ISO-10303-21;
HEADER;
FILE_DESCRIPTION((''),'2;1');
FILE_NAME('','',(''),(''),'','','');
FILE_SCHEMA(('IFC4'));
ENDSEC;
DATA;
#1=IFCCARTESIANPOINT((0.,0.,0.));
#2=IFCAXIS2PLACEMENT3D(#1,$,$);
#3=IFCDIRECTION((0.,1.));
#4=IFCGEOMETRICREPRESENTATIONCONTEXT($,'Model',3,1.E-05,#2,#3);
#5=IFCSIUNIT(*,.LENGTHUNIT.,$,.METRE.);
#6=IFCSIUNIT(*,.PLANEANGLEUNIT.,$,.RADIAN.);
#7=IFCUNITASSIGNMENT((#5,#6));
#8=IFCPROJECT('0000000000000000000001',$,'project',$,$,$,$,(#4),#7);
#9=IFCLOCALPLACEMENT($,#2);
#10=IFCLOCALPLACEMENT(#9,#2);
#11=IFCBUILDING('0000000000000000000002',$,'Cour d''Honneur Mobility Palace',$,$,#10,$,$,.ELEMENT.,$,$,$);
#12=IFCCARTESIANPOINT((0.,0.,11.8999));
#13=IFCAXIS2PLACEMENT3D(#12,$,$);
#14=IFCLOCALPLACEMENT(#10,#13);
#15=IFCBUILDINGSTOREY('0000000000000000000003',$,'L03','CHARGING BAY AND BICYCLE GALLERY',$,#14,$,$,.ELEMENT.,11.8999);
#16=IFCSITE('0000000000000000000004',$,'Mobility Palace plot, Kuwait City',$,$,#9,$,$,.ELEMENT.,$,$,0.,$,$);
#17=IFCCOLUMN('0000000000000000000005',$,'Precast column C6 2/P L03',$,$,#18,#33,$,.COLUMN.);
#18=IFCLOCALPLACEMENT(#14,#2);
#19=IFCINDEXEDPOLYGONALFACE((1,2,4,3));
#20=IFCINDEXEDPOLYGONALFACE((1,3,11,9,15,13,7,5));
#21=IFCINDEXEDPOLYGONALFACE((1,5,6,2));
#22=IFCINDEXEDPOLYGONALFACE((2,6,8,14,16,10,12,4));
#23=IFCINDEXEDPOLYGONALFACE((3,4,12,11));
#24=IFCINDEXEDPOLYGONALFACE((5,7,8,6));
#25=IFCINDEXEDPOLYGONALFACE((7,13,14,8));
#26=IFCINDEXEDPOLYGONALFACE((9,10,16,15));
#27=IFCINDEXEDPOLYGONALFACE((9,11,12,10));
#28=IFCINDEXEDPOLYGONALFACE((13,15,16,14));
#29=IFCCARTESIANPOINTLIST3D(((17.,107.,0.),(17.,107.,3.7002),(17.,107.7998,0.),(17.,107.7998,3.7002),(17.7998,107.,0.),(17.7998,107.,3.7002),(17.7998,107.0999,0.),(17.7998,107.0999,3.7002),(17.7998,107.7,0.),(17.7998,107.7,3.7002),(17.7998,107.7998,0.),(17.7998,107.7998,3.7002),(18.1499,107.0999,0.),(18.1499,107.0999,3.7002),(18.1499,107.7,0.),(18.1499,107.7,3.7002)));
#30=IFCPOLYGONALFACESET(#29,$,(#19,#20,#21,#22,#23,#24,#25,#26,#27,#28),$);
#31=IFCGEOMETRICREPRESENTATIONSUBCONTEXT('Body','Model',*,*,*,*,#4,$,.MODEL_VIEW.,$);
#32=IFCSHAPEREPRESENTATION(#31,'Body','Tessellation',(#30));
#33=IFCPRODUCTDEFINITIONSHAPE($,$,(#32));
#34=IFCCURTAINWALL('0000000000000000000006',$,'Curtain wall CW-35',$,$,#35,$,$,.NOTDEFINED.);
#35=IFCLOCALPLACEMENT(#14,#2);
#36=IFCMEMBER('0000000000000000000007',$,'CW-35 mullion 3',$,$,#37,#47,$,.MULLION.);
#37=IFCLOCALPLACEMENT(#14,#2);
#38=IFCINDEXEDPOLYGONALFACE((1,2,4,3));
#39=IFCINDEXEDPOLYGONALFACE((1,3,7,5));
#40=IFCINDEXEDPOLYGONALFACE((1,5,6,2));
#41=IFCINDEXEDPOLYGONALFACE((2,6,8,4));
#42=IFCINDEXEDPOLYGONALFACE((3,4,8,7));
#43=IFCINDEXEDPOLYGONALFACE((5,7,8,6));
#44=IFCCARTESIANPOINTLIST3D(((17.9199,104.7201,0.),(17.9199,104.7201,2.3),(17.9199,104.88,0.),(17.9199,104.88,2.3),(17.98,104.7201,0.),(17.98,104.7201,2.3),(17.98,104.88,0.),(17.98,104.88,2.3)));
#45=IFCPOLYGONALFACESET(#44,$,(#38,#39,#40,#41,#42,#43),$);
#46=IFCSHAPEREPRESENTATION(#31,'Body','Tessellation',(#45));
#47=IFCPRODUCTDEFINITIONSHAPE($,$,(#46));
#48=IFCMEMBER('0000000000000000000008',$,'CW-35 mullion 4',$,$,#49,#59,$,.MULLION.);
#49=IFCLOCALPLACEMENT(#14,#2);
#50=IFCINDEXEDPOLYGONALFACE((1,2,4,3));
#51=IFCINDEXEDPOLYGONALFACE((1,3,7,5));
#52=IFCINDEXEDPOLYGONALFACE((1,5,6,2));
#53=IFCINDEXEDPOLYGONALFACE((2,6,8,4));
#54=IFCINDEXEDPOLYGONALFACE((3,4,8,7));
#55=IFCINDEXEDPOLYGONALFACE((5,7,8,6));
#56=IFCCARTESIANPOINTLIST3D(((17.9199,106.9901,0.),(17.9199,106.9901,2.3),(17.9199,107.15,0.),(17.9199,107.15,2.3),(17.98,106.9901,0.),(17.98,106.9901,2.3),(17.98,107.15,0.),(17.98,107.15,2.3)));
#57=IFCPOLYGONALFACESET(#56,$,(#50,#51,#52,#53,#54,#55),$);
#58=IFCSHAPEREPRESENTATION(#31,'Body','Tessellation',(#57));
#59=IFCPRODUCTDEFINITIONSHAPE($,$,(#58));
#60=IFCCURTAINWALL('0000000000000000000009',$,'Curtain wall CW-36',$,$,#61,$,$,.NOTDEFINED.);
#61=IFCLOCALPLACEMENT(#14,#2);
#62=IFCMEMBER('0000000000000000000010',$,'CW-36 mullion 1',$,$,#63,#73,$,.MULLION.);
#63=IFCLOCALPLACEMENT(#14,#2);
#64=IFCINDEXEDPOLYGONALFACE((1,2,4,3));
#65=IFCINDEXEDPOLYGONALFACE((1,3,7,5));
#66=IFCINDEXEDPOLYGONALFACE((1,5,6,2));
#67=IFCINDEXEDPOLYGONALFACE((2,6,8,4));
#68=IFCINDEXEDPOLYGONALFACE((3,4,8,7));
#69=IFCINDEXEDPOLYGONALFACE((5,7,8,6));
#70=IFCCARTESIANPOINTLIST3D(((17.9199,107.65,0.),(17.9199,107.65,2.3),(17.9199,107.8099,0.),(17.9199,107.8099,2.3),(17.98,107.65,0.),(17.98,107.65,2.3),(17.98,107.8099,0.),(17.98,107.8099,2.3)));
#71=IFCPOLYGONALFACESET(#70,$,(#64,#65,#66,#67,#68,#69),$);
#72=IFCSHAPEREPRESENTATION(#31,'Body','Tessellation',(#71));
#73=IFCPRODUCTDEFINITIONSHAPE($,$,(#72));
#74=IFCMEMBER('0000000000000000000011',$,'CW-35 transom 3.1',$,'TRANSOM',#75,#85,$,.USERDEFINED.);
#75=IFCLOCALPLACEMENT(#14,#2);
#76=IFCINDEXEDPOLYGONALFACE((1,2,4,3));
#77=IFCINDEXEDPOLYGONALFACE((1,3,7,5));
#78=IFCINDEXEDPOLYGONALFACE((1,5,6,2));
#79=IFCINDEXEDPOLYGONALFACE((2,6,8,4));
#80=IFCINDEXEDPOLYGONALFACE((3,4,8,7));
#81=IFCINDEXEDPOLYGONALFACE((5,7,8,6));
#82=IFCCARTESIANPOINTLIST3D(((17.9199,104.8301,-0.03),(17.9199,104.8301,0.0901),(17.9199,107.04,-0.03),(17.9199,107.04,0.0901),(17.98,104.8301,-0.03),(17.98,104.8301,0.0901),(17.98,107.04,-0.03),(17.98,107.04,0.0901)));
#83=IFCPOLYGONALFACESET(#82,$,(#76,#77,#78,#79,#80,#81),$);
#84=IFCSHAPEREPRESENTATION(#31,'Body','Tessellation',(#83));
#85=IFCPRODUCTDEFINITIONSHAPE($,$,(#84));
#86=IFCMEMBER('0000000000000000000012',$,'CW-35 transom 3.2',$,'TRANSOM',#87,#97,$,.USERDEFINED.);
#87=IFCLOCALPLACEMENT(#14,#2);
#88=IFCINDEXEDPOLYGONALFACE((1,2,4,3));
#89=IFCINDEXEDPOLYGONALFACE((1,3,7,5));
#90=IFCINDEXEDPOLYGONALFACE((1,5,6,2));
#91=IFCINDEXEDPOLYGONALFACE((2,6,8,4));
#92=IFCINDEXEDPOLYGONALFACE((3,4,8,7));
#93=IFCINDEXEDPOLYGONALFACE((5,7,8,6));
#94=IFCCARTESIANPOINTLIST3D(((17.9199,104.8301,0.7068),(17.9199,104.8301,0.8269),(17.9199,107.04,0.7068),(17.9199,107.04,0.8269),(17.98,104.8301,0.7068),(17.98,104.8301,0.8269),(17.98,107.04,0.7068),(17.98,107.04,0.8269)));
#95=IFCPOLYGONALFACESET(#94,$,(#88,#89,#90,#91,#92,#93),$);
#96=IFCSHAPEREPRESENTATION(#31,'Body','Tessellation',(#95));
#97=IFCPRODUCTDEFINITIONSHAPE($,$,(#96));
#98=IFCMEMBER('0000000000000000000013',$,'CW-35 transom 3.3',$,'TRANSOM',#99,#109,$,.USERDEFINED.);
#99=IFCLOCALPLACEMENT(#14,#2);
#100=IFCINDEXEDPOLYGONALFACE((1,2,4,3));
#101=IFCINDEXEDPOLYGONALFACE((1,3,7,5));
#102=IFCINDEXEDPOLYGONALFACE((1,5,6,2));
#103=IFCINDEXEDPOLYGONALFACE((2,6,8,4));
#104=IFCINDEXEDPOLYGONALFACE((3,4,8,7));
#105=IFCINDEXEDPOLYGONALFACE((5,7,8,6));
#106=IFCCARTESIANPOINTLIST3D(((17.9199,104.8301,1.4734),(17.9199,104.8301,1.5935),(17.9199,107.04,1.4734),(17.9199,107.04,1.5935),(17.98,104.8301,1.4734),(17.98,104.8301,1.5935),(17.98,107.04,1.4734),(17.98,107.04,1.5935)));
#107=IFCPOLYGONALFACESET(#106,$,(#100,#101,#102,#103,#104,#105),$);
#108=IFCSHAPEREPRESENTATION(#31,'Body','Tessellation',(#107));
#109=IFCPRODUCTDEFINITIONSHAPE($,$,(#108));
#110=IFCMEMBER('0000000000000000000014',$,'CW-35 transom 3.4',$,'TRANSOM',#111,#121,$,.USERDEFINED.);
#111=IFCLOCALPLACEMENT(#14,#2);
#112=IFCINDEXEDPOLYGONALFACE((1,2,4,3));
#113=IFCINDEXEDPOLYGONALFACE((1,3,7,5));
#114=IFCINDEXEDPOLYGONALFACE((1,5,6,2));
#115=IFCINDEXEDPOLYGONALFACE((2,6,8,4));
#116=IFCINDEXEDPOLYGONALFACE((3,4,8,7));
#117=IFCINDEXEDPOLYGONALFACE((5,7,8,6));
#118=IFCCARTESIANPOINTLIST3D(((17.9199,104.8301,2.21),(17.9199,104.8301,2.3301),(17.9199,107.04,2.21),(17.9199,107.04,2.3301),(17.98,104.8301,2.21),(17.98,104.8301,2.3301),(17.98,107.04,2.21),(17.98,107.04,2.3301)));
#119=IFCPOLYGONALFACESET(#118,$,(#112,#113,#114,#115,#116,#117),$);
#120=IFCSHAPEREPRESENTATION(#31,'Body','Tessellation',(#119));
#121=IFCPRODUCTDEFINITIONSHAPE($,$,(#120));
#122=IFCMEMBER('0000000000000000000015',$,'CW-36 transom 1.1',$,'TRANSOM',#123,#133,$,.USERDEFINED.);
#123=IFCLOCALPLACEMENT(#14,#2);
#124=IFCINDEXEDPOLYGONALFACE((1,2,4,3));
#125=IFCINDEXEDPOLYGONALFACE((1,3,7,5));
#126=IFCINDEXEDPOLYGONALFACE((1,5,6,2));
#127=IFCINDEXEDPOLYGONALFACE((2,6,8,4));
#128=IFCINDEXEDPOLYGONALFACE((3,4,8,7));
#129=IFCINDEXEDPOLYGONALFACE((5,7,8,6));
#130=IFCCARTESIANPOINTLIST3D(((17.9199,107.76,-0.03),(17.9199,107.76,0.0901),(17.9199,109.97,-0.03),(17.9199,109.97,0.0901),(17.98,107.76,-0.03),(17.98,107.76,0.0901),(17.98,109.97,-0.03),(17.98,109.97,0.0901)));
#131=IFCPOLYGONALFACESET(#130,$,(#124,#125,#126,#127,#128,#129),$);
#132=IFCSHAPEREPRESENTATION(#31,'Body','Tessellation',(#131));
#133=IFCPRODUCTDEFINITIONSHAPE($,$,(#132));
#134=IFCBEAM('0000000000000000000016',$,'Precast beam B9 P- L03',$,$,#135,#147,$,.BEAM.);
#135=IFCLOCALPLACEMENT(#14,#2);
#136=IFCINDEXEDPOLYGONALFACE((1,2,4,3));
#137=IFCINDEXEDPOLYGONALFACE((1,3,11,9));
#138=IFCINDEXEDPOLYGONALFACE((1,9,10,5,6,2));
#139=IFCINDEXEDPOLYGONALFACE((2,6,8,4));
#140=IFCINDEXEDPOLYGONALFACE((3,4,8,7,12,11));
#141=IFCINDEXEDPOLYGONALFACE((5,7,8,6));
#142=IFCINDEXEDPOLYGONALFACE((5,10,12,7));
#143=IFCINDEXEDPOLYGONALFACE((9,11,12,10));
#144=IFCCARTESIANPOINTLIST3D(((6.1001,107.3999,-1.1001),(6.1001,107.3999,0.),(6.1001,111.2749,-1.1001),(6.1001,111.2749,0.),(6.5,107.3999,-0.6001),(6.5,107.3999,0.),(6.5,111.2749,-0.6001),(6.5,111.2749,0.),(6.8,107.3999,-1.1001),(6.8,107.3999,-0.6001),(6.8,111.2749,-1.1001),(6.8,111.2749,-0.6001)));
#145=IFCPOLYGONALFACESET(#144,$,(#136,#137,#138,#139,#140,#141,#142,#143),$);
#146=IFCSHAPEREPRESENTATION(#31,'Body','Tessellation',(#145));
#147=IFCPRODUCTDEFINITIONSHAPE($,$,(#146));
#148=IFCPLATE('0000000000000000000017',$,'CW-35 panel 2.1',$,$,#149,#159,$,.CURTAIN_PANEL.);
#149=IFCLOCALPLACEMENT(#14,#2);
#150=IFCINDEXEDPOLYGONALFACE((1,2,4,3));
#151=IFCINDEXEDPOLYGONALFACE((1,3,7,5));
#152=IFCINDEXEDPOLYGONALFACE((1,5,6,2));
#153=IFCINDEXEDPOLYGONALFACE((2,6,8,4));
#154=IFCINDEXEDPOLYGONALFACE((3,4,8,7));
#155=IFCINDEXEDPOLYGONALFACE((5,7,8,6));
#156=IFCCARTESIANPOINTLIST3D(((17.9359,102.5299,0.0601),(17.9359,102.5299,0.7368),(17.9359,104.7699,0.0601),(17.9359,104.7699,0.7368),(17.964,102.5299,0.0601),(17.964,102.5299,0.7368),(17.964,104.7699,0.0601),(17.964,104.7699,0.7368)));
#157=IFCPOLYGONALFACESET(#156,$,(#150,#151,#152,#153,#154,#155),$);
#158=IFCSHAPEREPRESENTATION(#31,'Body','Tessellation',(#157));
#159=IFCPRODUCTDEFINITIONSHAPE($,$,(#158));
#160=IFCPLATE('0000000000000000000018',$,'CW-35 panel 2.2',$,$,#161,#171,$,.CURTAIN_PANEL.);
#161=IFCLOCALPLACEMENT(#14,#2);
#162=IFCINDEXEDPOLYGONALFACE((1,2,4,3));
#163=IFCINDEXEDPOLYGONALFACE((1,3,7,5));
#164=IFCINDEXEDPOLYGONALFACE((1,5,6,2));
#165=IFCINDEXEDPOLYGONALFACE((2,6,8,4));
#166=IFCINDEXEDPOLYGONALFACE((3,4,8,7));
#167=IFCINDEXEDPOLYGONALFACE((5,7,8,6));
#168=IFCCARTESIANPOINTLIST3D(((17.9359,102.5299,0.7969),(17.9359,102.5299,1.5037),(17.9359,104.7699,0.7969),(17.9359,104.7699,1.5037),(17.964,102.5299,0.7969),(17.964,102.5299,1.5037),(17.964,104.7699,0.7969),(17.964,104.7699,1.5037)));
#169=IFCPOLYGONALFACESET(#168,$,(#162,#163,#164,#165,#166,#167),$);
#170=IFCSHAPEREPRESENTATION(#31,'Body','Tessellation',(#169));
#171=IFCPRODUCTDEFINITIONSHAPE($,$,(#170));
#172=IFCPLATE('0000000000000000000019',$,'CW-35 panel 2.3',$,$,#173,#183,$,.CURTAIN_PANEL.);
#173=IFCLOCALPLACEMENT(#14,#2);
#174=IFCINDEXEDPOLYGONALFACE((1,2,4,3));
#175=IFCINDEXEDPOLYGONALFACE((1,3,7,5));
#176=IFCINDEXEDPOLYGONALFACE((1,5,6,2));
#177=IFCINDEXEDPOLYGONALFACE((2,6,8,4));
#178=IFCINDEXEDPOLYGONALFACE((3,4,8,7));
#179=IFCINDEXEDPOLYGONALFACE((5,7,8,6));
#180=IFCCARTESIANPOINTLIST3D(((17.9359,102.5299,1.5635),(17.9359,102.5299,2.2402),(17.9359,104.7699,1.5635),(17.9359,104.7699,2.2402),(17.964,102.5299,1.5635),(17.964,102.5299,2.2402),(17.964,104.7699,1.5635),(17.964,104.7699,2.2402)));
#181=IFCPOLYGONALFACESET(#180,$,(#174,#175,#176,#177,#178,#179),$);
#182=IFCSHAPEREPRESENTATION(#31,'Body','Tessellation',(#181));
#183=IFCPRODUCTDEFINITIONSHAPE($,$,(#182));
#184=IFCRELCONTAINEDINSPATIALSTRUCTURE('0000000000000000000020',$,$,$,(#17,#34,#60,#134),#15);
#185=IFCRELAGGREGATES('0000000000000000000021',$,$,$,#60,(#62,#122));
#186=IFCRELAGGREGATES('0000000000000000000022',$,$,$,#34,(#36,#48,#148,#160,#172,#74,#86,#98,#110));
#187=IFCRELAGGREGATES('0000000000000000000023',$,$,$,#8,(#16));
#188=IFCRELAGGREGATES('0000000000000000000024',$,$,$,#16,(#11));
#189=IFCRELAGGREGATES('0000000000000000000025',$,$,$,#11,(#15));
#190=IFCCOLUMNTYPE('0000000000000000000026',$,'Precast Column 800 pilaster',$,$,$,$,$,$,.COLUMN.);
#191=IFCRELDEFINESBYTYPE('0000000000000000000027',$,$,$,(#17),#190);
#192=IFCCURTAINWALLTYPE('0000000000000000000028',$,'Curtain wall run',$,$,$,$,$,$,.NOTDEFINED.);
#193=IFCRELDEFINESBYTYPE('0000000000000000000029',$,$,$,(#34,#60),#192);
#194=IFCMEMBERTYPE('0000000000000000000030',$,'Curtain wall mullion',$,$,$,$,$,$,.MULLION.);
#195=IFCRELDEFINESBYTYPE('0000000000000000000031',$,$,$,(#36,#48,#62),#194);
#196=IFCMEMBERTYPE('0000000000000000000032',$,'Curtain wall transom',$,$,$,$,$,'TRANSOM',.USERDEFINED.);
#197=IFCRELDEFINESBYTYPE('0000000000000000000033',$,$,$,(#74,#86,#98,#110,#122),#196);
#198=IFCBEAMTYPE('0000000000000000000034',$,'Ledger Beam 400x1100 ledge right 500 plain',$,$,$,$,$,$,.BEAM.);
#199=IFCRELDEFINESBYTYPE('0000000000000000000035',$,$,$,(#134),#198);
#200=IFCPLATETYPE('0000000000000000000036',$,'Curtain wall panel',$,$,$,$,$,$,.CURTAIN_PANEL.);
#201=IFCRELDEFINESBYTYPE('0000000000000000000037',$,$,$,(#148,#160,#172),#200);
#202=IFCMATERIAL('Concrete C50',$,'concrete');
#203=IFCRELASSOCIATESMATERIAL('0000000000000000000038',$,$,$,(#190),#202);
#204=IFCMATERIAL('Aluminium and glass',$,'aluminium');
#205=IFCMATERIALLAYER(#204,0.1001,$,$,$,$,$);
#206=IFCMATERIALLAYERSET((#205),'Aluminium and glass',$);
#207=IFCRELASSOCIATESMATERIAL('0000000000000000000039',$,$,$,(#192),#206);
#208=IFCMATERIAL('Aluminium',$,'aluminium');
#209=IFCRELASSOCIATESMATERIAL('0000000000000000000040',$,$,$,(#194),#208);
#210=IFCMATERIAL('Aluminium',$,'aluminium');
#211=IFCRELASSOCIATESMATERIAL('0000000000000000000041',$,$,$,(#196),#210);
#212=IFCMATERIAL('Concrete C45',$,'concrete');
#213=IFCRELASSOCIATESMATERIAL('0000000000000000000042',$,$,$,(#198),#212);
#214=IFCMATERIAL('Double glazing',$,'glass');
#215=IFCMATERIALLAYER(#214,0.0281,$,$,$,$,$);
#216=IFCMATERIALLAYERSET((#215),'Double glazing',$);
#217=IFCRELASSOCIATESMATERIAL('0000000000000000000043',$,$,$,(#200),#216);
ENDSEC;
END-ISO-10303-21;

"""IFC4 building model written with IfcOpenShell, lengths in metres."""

from ifc_helpers import new_model, si_unit, direction, frame, origin, origin_2d, place, context, subcontext, project, spatial, polyline, rectangle, outline, extrude, material, layer, layer_set, material_profile, profile_set, type_object, element, aggregate, save


model = new_model("IFC4")

# Units and contexts
model_context = context("Model", 3, precision=1e-05, world=origin(), true_north=direction((0.0, 1.0)))
body_context = subcontext(model_context, "Body", "Model", "MODEL_VIEW")
ifc_project = project(units=[si_unit("LENGTHUNIT", "METRE"), si_unit("PLANEANGLEUNIT", "RADIAN")], contexts=[model_context])

# Site, building, storey
site_placement = place(None, origin())
site = spatial("IfcSite", under=ifc_project, at=site_placement, Name="Mobility Palace plot, Kuwait City", CompositionType="ELEMENT", RefElevation=0.0)
building_placement = place(site_placement, origin())
building = spatial("IfcBuilding", under=site, at=building_placement, Name="Cour d'Honneur Mobility Palace", CompositionType="ELEMENT")
storey_placement = place(building_placement, frame((0.0, 0.0, 11.8999)))
storey = spatial("IfcBuildingStorey", under=building, at=storey_placement, Name="L03", Description="CHARGING BAY AND BICYCLE GALLERY", CompositionType="ELEMENT", Elevation=11.8999)

# Column
ifc_material_1 = material(Name="Concrete C50", Category="concrete")
ifc_material_profile_1 = material_profile(ifc_material_1, outline(polyline([(-0.3999, -0.3999), (0.3999, -0.3999), (0.3999, -0.3), (0.75, -0.3), (0.75, 0.3), (0.3999, 0.3), (0.3999, 0.3999), (-0.3999, 0.3999), (-0.3999, -0.3999)])), Name="PC C800 pilaster")
ifc_profile_set_1 = profile_set([ifc_material_profile_1], Name="Concrete C50")
column_type = type_object("IfcColumnType", Name="Precast Column 800 pilaster", PredefinedType="COLUMN", material=ifc_profile_set_1)
column_placement = place(storey_placement, frame((17.3999, 107.3999, 0.0), z_axis=(0.0, 0.0, 1.0), x_axis=(1.0, 0.0, 0.0)))
element("IfcColumn", 1, at=column_placement, inside=storey, type_object=column_type, Name="Precast column C6 2/P L03", PredefinedType="COLUMN", context=body_context, shape_type="SweptSolid", body=[
    extrude(outline(polyline([(-0.3999, -0.3999), (0.3999, -0.3999), (0.3999, -0.3), (0.75, -0.3), (0.75, 0.3), (0.3999, 0.3), (0.3999, 0.3999), (-0.3999, 0.3999), (-0.3999, -0.3999)])), origin(), (0.0, 0.0, 1.0), 3.7002),
])

# Curtain wall, members
ifc_material_2 = material(Name="Aluminium and glass", Category="aluminium")
ifc_layer_1 = layer(ifc_material_2, 0.1001)
ifc_layer_set_1 = layer_set([ifc_layer_1], Name="Aluminium and glass")
curtain_wall_type = type_object("IfcCurtainWallType", Name="Curtain wall run", PredefinedType="NOTDEFINED", material=ifc_layer_set_1)
curtain_wall_1_placement = place(storey_placement, origin())
curtain_wall_1 = element("IfcCurtainWall", 2, at=curtain_wall_1_placement, inside=storey, type_object=curtain_wall_type, Name="Curtain wall CW-35", PredefinedType="NOTDEFINED")
ifc_material_3 = material(Name="Aluminium", Category="aluminium")
ifc_material_profile_2 = material_profile(ifc_material_3, rectangle(XDim=0.0601, YDim=0.1599, at=origin_2d()), Name="Curtain wall mullion")
ifc_profile_set_2 = profile_set([ifc_material_profile_2], Name="Aluminium")
member_type_1 = type_object("IfcMemberType", Name="Curtain wall mullion", PredefinedType="MULLION", material=ifc_profile_set_2)
member_1_placement = place(storey_placement, frame((17.95, 104.8, 0.0), z_axis=(0.0, 0.0, 1.0), x_axis=(-1.0, 0.0, 0.0)))
member_1 = element("IfcMember", 3, at=member_1_placement, type_object=member_type_1, Name="CW-35 mullion 3", PredefinedType="MULLION", context=body_context, shape_type="SweptSolid", body=[
    extrude(rectangle(XDim=0.0601, YDim=0.1599, at=origin_2d()), origin(), (0.0, 0.0, 1.0), 2.3),
])
member_2_placement = place(storey_placement, frame((17.95, 107.0701, 0.0), z_axis=(0.0, 0.0, 1.0), x_axis=(-1.0, 0.0, 0.0)))
member_2 = element("IfcMember", 4, at=member_2_placement, type_object=member_type_1, Name="CW-35 mullion 4", PredefinedType="MULLION", context=body_context, shape_type="SweptSolid", body=[
    extrude(rectangle(XDim=0.0601, YDim=0.1599, at=origin_2d()), origin(), (0.0, 0.0, 1.0), 2.3),
])

# Curtain wall, member
curtain_wall_2_placement = place(storey_placement, origin())
curtain_wall_2 = element("IfcCurtainWall", 5, at=curtain_wall_2_placement, inside=storey, type_object=curtain_wall_type, Name="Curtain wall CW-36", PredefinedType="NOTDEFINED")
member_3_placement = place(storey_placement, frame((17.95, 107.73, 0.0), z_axis=(0.0, 0.0, 1.0), x_axis=(-1.0, 0.0, 0.0)))
member_3 = element("IfcMember", 6, at=member_3_placement, type_object=member_type_1, Name="CW-36 mullion 1", PredefinedType="MULLION", context=body_context, shape_type="SweptSolid", body=[
    extrude(rectangle(XDim=0.0601, YDim=0.1599, at=origin_2d()), origin(), (0.0, 0.0, 1.0), 2.3),
])

# Members
ifc_material_4 = material(Name="Aluminium", Category="aluminium")
ifc_material_profile_3 = material_profile(ifc_material_4, rectangle(XDim=0.0601, YDim=0.1201, at=origin_2d()), Name="Curtain wall transom")
ifc_profile_set_3 = profile_set([ifc_material_profile_3], Name="Aluminium")
member_type_2 = type_object("IfcMemberType", Name="Curtain wall transom", ElementType="TRANSOM", PredefinedType="USERDEFINED", material=ifc_profile_set_3)
member_4_placement = place(storey_placement, frame((17.95, 104.8301, 0.03), z_axis=(0.0, 1.0, 0.0), x_axis=(-1.0, 0.0, 0.0)))
member_4 = element("IfcMember", 7, at=member_4_placement, type_object=member_type_2, Name="CW-35 transom 3.1", ObjectType="TRANSOM", PredefinedType="USERDEFINED", context=body_context, shape_type="SweptSolid", body=[
    extrude(rectangle(XDim=0.0601, YDim=0.1201, at=origin_2d()), origin(), (0.0, 0.0, 1.0), 2.21),
])
member_5_placement = place(storey_placement, frame((17.95, 104.8301, 0.7668), z_axis=(0.0, 1.0, 0.0), x_axis=(-1.0, 0.0, 0.0)))
member_5 = element("IfcMember", 8, at=member_5_placement, type_object=member_type_2, Name="CW-35 transom 3.2", ObjectType="TRANSOM", PredefinedType="USERDEFINED", context=body_context, shape_type="SweptSolid", body=[
    extrude(rectangle(XDim=0.0601, YDim=0.1201, at=origin_2d()), origin(), (0.0, 0.0, 1.0), 2.21),
])
member_6_placement = place(storey_placement, frame((17.95, 104.8301, 1.5334), z_axis=(0.0, 1.0, 0.0), x_axis=(-1.0, 0.0, 0.0)))
member_6 = element("IfcMember", 9, at=member_6_placement, type_object=member_type_2, Name="CW-35 transom 3.3", ObjectType="TRANSOM", PredefinedType="USERDEFINED", context=body_context, shape_type="SweptSolid", body=[
    extrude(rectangle(XDim=0.0601, YDim=0.1201, at=origin_2d()), origin(), (0.0, 0.0, 1.0), 2.21),
])
member_7_placement = place(storey_placement, frame((17.95, 104.8301, 2.27), z_axis=(0.0, 1.0, 0.0), x_axis=(-1.0, 0.0, 0.0)))
member_7 = element("IfcMember", 10, at=member_7_placement, type_object=member_type_2, Name="CW-35 transom 3.4", ObjectType="TRANSOM", PredefinedType="USERDEFINED", context=body_context, shape_type="SweptSolid", body=[
    extrude(rectangle(XDim=0.0601, YDim=0.1201, at=origin_2d()), origin(), (0.0, 0.0, 1.0), 2.21),
])
member_8_placement = place(storey_placement, frame((17.95, 107.76, 0.03), z_axis=(0.0, 1.0, 0.0), x_axis=(-1.0, 0.0, 0.0)))
member_8 = element("IfcMember", 11, at=member_8_placement, type_object=member_type_2, Name="CW-36 transom 1.1", ObjectType="TRANSOM", PredefinedType="USERDEFINED", context=body_context, shape_type="SweptSolid", body=[
    extrude(rectangle(XDim=0.0601, YDim=0.1201, at=origin_2d()), origin(), (0.0, 0.0, 1.0), 2.21),
])
aggregate(curtain_wall_2, [member_3, member_8])

# Beam
ifc_material_5 = material(Name="Concrete C45", Category="concrete")
ifc_material_profile_4 = material_profile(ifc_material_5, outline(polyline([(0.2, -1.1001), (0.2, 0.0), (-0.2, 0.0), (-0.2, -0.6001), (-0.5, -0.6001), (-0.5, -1.1001), (0.2, -1.1001)])), Name="Ledger Beam 400x1100 ledge right 500 plain")
ifc_profile_set_4 = profile_set([ifc_material_profile_4], Name="Concrete C45")
beam_type = type_object("IfcBeamType", Name="Ledger Beam 400x1100 ledge right 500 plain", PredefinedType="BEAM", material=ifc_profile_set_4)
beam_placement = place(storey_placement, frame((6.3, 107.3999, 0.0), z_axis=(0.0, 1.0, 0.0), x_axis=(-1.0, 0.0, 0.0)))
element("IfcBeam", 12, at=beam_placement, inside=storey, type_object=beam_type, Name="Precast beam B9 P- L03", PredefinedType="BEAM", context=body_context, shape_type="SweptSolid", body=[
    extrude(outline(polyline([(0.2, -1.1001), (0.2, 0.0), (-0.2, 0.0), (-0.2, -0.6001), (-0.5, -0.6001), (-0.5, -1.1001), (0.2, -1.1001)])), origin(), (0.0, 0.0, 1.0), 3.875),
])

# Plates
ifc_material_6 = material(Name="Double glazing", Category="glass")
ifc_layer_2 = layer(ifc_material_6, 0.0281)
ifc_layer_set_2 = layer_set([ifc_layer_2], Name="Double glazing")
plate_type = type_object("IfcPlateType", Name="Curtain wall panel", PredefinedType="CURTAIN_PANEL", material=ifc_layer_set_2)
plate_1_placement = place(storey_placement, frame((17.95, 103.6499, 0.0601), z_axis=(0.0, 0.0, 1.0), x_axis=(0.0, 1.0, 0.0)))
plate_1 = element("IfcPlate", 13, at=plate_1_placement, type_object=plate_type, Name="CW-35 panel 2.1", PredefinedType="CURTAIN_PANEL", context=body_context, shape_type="SweptSolid", body=[
    extrude(rectangle(XDim=2.24, YDim=0.0281, at=origin_2d()), origin(), (0.0, 0.0, 1.0), 0.6768),
])
plate_2_placement = place(storey_placement, frame((17.95, 103.6499, 0.7969), z_axis=(0.0, 0.0, 1.0), x_axis=(0.0, 1.0, 0.0)))
plate_2 = element("IfcPlate", 14, at=plate_2_placement, type_object=plate_type, Name="CW-35 panel 2.2", PredefinedType="CURTAIN_PANEL", context=body_context, shape_type="SweptSolid", body=[
    extrude(rectangle(XDim=2.24, YDim=0.0281, at=origin_2d()), origin(), (0.0, 0.0, 1.0), 0.7068),
])
plate_3_placement = place(storey_placement, frame((17.95, 103.6499, 1.5635), z_axis=(0.0, 0.0, 1.0), x_axis=(0.0, 1.0, 0.0)))
plate_3 = element("IfcPlate", 15, at=plate_3_placement, type_object=plate_type, Name="CW-35 panel 2.3", PredefinedType="CURTAIN_PANEL", context=body_context, shape_type="SweptSolid", body=[
    extrude(rectangle(XDim=2.24, YDim=0.0281, at=origin_2d()), origin(), (0.0, 0.0, 1.0), 0.6768),
])
aggregate(curtain_wall_1, [member_1, member_2, plate_1, plate_2, plate_3, member_4, member_5, member_6, member_7])

save(model, "model.ifc")
